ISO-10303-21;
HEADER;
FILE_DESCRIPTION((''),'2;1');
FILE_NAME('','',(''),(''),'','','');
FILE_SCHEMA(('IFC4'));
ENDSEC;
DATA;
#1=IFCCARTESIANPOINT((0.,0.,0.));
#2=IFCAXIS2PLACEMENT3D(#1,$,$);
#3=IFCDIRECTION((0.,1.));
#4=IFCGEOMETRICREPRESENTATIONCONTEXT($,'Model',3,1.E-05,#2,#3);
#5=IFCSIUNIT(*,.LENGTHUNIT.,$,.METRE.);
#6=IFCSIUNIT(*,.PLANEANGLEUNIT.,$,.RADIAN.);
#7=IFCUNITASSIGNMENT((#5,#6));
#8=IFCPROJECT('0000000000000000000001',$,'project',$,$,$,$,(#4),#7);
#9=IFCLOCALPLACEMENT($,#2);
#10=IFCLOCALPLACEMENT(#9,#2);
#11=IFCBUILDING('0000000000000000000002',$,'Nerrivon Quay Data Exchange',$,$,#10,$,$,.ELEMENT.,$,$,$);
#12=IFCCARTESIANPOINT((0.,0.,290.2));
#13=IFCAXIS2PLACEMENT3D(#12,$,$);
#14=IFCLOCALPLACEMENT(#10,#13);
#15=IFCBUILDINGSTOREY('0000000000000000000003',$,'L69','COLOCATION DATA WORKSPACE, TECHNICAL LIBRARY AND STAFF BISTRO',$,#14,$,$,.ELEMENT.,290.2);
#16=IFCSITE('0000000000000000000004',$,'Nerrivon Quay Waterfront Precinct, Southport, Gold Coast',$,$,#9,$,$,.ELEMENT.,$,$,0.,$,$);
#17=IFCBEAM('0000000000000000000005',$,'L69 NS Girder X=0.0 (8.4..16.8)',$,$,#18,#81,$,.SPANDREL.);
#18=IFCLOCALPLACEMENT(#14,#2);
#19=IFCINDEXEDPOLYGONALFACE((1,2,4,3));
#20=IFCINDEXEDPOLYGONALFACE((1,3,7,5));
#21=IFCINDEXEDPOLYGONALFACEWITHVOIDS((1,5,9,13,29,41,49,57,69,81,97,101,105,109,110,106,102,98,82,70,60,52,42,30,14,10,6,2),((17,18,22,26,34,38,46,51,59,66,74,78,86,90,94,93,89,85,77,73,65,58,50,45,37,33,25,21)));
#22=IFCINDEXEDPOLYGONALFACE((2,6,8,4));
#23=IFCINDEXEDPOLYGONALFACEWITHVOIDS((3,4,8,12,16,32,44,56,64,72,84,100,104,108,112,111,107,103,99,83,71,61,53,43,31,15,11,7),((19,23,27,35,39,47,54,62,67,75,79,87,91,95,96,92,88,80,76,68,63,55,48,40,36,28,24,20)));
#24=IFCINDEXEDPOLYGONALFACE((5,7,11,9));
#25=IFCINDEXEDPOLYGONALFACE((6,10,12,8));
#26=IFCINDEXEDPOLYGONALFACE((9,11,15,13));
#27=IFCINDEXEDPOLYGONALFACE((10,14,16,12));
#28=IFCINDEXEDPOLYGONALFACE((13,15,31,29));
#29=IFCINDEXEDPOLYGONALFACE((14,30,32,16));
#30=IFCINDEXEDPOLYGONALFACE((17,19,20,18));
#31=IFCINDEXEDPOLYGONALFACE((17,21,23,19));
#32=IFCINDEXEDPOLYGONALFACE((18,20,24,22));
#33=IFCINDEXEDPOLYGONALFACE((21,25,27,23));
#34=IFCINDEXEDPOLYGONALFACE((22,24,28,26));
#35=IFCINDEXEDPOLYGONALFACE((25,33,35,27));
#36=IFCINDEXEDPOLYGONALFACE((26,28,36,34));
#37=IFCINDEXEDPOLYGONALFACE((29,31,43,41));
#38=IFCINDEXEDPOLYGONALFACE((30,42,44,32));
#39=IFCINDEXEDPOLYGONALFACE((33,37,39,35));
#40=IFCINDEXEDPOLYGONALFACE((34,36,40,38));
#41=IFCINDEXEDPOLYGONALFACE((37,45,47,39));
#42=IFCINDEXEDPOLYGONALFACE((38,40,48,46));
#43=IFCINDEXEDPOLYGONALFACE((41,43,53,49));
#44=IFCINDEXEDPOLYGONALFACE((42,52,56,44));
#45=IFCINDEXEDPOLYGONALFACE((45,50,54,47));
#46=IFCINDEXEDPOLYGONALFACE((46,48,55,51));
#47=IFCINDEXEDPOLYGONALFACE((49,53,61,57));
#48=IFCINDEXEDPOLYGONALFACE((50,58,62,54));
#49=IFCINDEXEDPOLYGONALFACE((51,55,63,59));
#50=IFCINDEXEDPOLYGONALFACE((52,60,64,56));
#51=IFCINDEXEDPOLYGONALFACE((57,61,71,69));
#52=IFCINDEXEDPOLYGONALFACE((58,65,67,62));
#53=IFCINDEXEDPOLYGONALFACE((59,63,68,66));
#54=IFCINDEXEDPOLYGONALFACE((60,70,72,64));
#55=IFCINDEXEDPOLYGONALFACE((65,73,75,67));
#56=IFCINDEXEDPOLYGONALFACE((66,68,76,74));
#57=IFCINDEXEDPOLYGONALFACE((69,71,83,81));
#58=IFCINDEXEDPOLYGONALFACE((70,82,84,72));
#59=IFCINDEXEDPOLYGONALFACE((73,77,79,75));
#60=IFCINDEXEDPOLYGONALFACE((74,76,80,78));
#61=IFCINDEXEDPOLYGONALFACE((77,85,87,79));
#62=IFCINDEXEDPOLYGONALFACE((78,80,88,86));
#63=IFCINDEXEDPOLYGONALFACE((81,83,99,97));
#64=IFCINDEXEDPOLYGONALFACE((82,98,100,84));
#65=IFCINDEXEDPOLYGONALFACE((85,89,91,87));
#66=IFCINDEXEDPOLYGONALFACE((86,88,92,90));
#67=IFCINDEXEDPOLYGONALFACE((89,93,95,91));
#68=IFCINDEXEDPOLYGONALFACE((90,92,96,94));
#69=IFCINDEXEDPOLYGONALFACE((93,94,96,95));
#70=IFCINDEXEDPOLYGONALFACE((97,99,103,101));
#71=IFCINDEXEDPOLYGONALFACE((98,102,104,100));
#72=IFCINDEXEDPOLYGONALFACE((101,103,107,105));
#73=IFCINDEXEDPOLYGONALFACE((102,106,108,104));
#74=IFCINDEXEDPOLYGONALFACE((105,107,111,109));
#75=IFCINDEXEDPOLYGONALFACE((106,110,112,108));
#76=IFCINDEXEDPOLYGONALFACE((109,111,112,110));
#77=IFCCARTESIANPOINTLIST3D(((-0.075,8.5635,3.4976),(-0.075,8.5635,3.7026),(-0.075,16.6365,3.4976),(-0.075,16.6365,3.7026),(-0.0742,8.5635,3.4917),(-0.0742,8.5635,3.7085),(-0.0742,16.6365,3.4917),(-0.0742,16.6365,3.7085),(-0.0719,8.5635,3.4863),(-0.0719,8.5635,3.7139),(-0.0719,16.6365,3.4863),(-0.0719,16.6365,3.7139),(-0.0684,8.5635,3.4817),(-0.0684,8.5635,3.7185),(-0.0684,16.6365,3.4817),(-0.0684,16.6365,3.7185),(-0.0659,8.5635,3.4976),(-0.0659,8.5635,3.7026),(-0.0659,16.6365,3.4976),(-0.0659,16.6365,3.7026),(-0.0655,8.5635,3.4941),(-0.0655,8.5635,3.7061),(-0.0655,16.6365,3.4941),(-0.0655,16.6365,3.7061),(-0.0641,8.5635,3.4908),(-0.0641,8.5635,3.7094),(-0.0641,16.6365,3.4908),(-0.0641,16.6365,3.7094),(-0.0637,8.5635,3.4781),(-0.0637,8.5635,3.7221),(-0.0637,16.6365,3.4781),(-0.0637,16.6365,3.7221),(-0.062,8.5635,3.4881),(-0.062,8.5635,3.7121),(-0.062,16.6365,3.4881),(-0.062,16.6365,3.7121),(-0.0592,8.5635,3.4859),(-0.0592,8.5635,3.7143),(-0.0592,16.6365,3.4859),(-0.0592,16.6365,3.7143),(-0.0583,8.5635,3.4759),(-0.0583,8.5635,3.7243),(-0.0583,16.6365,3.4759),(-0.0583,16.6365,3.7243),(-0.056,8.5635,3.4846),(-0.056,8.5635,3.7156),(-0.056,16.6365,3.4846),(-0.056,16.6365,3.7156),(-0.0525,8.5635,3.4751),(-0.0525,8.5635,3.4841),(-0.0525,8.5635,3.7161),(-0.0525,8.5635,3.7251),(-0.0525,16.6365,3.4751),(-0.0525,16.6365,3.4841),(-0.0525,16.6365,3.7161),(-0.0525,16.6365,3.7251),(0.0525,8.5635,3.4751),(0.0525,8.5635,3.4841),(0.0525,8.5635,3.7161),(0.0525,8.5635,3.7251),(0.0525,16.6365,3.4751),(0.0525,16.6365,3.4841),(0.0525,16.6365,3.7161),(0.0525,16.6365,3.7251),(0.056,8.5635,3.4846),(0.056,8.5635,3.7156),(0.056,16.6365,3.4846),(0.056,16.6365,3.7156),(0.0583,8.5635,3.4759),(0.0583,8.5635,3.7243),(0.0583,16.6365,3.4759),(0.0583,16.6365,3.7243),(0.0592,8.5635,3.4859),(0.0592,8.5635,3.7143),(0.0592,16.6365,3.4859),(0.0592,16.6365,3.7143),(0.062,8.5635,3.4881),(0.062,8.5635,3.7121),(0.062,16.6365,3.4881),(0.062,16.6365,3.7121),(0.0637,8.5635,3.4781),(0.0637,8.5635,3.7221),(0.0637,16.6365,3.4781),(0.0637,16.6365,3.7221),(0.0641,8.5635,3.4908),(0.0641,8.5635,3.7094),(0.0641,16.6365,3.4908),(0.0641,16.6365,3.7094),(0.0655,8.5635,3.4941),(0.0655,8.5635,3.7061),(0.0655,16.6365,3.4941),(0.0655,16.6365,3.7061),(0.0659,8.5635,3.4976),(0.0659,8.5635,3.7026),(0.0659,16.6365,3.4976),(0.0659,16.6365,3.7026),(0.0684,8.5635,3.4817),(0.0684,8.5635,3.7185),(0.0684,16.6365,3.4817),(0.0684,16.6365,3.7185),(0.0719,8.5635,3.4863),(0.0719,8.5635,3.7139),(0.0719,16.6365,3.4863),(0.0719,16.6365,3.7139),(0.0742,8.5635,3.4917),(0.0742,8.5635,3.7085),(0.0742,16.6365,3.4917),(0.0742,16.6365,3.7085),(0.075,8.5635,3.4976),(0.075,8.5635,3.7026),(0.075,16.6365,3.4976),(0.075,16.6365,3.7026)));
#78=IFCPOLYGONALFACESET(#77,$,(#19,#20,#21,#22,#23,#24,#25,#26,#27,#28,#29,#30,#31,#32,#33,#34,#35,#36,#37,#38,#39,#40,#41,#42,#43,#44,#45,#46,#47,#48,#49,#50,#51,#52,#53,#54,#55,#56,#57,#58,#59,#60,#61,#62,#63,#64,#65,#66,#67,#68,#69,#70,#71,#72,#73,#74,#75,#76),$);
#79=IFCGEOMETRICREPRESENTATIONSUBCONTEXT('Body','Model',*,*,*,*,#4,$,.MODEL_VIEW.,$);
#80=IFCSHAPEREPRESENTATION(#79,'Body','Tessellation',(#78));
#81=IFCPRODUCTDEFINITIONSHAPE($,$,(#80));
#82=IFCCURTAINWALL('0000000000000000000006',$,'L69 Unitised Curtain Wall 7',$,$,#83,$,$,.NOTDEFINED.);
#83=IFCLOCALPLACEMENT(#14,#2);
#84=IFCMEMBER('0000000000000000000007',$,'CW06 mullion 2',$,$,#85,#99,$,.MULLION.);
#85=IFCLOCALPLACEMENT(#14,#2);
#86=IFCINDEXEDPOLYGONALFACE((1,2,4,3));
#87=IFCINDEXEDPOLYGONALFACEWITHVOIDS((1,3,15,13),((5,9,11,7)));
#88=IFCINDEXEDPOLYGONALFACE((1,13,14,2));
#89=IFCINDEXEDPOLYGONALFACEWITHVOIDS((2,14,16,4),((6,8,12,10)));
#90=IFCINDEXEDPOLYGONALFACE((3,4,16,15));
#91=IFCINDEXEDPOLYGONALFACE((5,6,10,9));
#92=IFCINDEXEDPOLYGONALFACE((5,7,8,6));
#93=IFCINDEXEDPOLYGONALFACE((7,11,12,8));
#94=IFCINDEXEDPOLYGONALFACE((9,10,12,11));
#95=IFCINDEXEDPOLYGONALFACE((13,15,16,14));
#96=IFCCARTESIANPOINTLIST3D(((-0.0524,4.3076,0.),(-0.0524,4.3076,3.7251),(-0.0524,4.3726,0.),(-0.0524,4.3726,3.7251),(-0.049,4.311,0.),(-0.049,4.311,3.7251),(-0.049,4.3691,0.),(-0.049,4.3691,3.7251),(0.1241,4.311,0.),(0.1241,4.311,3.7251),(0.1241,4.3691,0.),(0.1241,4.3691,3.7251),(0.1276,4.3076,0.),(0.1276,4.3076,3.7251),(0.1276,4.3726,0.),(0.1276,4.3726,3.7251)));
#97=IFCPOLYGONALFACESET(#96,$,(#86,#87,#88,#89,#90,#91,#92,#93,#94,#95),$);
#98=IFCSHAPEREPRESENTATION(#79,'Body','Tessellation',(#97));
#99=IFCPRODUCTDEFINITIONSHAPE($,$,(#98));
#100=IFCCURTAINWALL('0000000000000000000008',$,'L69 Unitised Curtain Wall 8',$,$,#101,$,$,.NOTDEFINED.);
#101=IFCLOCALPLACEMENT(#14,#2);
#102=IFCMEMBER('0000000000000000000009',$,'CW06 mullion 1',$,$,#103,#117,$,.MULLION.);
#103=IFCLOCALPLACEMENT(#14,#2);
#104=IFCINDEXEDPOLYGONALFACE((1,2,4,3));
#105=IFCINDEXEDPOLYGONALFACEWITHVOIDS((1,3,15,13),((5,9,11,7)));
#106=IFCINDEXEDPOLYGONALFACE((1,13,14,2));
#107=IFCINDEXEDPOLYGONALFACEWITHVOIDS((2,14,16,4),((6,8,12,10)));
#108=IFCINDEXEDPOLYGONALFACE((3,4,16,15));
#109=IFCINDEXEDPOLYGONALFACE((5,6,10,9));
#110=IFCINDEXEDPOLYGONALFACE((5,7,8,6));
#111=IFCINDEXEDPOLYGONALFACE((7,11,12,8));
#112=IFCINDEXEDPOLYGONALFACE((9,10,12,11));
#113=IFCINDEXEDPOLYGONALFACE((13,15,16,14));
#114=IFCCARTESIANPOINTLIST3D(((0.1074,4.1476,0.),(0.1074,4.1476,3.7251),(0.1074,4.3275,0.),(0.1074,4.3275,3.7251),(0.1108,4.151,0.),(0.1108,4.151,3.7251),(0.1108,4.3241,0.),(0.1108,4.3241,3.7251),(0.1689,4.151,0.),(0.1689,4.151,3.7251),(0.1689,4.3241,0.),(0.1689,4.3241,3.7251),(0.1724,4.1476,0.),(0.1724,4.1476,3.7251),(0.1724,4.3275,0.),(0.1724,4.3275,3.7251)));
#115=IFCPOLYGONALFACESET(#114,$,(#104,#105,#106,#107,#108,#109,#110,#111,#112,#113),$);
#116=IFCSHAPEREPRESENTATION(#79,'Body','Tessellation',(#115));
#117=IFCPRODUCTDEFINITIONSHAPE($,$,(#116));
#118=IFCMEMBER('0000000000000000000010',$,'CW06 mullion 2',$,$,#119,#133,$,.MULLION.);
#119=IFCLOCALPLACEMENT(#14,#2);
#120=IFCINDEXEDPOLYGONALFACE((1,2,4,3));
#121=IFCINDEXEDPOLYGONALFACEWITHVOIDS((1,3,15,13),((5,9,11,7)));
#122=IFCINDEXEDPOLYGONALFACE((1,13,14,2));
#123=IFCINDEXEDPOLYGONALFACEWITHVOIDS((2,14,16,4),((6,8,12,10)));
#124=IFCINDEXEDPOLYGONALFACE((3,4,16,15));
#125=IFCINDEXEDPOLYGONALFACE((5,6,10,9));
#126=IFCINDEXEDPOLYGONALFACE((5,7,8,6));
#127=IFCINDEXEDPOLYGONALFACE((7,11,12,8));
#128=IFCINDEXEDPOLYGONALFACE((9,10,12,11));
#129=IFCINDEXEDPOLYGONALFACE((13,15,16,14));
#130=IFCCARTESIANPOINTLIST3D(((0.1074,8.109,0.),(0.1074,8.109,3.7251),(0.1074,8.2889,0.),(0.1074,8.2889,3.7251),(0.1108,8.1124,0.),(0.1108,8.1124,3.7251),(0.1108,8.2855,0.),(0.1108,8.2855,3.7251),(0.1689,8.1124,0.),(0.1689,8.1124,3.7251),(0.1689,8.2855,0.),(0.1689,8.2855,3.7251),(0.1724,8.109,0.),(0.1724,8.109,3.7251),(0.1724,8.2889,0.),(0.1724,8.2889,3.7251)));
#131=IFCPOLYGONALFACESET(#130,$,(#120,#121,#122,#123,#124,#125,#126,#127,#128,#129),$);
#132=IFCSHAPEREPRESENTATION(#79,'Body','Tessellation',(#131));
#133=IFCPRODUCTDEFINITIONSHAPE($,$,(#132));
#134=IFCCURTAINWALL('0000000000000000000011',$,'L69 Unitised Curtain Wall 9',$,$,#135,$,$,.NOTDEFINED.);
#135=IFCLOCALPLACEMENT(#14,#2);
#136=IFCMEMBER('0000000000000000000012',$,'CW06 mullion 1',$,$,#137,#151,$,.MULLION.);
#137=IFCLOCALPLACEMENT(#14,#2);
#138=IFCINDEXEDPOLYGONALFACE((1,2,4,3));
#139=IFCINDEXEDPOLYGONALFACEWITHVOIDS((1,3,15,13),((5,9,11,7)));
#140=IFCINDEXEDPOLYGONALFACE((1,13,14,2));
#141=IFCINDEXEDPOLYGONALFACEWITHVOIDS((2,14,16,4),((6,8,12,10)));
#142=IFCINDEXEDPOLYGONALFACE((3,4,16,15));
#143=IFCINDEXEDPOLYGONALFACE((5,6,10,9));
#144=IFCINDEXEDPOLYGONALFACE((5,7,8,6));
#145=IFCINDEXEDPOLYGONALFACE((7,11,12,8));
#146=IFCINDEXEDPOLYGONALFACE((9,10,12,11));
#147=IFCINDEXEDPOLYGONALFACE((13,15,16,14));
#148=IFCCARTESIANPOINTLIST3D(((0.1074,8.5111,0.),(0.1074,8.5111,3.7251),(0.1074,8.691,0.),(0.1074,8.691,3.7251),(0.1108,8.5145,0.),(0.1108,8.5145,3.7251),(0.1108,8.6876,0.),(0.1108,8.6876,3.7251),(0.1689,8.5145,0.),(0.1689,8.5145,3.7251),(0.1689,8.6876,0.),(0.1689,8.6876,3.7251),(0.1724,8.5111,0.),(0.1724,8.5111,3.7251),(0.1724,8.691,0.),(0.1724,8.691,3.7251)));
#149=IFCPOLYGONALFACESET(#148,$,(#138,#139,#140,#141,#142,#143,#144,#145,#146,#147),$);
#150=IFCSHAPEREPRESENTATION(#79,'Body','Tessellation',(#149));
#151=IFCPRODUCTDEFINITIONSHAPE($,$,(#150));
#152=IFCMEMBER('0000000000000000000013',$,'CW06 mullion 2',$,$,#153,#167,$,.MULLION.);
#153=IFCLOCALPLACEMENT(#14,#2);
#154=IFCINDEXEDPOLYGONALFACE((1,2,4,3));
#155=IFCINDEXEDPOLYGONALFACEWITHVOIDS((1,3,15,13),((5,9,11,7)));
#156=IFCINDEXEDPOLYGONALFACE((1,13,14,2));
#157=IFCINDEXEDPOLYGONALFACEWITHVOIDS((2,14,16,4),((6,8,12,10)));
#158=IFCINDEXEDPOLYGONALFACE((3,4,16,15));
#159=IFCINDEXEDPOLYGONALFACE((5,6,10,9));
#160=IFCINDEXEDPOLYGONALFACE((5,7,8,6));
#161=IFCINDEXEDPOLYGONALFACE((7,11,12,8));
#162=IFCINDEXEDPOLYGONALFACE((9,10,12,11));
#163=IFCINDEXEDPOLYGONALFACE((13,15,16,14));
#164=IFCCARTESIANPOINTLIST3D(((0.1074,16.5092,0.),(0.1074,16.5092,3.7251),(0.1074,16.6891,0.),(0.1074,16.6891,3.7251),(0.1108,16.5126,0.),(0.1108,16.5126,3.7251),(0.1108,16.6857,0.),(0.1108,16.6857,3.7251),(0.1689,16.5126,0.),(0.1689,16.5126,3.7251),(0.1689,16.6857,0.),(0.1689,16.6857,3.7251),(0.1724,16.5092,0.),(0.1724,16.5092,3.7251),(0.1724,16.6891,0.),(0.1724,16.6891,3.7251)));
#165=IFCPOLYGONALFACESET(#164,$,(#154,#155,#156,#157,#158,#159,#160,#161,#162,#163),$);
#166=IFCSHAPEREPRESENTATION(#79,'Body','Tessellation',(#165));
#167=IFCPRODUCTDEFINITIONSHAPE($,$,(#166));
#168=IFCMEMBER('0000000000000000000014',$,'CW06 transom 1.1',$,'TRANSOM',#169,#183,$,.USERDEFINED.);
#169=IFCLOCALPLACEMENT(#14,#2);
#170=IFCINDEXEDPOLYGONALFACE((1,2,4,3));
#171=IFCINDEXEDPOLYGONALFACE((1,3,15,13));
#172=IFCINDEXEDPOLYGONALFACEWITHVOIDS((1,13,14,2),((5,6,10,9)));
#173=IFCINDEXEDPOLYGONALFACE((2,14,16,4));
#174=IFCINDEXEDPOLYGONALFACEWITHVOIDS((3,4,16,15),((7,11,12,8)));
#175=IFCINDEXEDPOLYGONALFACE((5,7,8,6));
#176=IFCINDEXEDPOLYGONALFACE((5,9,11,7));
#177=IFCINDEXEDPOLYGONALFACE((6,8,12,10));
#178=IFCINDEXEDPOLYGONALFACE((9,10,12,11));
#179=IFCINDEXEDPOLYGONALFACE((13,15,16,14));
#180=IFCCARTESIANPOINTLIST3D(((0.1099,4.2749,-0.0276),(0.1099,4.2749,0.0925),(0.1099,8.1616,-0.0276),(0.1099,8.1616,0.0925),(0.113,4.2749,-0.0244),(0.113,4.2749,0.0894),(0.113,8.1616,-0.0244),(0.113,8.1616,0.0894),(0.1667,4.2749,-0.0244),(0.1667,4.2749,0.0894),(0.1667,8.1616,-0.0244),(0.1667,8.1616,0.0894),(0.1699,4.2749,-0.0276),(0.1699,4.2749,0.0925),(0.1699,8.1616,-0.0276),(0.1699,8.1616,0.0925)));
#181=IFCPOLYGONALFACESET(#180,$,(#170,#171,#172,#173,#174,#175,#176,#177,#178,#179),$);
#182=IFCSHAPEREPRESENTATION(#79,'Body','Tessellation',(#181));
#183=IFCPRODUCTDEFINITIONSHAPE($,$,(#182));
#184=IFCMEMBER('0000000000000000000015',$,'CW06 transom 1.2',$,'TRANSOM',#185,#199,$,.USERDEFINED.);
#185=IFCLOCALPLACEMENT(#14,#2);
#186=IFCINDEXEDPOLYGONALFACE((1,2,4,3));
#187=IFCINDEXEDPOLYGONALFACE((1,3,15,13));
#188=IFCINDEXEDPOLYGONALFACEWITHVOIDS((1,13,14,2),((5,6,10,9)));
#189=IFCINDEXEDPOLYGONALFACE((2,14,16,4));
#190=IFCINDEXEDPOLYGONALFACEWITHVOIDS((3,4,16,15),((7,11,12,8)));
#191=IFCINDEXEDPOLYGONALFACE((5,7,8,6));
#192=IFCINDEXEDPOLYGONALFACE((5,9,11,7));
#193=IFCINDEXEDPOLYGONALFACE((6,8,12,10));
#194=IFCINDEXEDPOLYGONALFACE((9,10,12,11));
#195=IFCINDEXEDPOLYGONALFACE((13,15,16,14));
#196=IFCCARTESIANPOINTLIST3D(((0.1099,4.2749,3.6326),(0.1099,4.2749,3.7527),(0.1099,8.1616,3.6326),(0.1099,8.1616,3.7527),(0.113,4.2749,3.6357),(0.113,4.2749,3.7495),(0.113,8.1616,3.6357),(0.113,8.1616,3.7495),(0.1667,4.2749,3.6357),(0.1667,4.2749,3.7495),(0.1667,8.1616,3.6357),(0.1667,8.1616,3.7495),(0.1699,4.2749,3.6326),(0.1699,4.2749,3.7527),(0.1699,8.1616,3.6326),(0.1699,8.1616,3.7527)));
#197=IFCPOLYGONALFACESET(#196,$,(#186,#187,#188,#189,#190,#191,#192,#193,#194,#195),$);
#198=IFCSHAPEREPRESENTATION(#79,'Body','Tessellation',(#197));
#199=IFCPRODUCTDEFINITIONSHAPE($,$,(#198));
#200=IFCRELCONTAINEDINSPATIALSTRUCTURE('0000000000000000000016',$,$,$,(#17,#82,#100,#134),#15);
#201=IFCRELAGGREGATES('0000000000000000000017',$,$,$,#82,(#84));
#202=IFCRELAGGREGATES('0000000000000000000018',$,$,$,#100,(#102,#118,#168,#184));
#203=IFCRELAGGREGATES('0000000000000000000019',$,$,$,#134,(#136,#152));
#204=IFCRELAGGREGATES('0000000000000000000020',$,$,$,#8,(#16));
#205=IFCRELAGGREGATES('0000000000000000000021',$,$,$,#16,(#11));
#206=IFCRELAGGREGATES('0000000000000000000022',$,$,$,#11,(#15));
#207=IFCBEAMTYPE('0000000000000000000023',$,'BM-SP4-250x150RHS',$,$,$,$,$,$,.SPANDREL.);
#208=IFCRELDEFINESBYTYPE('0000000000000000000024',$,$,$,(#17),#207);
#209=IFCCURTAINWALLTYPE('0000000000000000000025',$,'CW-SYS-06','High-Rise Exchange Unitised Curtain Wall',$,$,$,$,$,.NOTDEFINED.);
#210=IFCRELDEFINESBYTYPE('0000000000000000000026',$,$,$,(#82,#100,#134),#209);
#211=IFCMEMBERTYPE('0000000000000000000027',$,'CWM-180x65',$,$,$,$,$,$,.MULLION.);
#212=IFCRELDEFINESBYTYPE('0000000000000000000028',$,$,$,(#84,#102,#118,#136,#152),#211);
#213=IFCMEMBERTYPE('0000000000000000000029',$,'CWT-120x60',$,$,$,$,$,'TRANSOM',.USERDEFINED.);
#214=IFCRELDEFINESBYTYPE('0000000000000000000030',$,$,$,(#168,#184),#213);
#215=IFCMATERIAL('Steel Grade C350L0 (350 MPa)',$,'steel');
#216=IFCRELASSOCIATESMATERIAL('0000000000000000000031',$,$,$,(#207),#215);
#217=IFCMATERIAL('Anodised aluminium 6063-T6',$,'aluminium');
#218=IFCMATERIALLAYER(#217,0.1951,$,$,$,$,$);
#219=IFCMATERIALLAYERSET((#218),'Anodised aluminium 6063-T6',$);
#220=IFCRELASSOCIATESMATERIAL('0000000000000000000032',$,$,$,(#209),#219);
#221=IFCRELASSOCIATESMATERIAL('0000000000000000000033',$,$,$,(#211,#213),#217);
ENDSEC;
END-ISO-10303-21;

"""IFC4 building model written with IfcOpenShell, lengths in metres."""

from ifc_helpers import new_model, si_unit, direction, frame, origin, origin_2d, place, context, subcontext, project, spatial, hollow_rectangle, extrude, material, layer, layer_set, material_profile, profile_set, type_object, element, aggregate, save


model = new_model("IFC4")

# Units and contexts
model_context = context("Model", 3, precision=1e-05, world=origin(), true_north=direction((0.0, 1.0)))
body_context = subcontext(model_context, "Body", "Model", "MODEL_VIEW")
ifc_project = project(units=[si_unit("LENGTHUNIT", "METRE"), si_unit("PLANEANGLEUNIT", "RADIAN")], contexts=[model_context])

# Site, building, storey
site_placement = place(None, origin())
site = spatial("IfcSite", under=ifc_project, at=site_placement, Name="Nerrivon Quay Waterfront Precinct, Southport, Gold Coast", CompositionType="ELEMENT", RefElevation=0.0)
building_placement = place(site_placement, origin())
building = spatial("IfcBuilding", under=site, at=building_placement, Name="Nerrivon Quay Data Exchange", CompositionType="ELEMENT")
storey_placement = place(building_placement, frame((0.0, 0.0, 290.2)))
storey = spatial("IfcBuildingStorey", under=building, at=storey_placement, Name="L69", Description="COLOCATION DATA WORKSPACE, TECHNICAL LIBRARY AND STAFF BISTRO", CompositionType="ELEMENT", Elevation=290.2)

# Beam
ifc_material_1 = material(Name="Steel Grade C350L0 (350 MPa)", Category="steel")
ifc_material_profile_1 = material_profile(ifc_material_1, hollow_rectangle(XDim=0.1499, YDim=0.25, WallThickness=0.009, InnerFilletRadius=0.0134, OuterFilletRadius=0.0225, at=origin_2d()), Name="250x150x9.0RHS")
ifc_profile_set_1 = profile_set([ifc_material_profile_1], Name="Steel Grade C350L0 (350 MPa)")
beam_type_1 = type_object("IfcBeamType", Name="BM-SP4-250x150RHS", PredefinedType="SPANDREL", material=ifc_profile_set_1)
beam_placement = place(storey_placement, frame((0.0, 8.5635, 3.6001), z_axis=(0.0, 1.0, 0.0), x_axis=(-1.0, 0.0, 0.0)))
element("IfcBeam", 1, at=beam_placement, inside=storey, type_object=beam_type_1, Name="L69 NS Girder X=0.0 (8.4..16.8)", PredefinedType="SPANDREL", context=body_context, shape_type="SweptSolid", body=[
    extrude(hollow_rectangle(XDim=0.1499, YDim=0.25, WallThickness=0.009, InnerFilletRadius=0.0134, OuterFilletRadius=0.0225, at=origin_2d()), origin(), (0.0, 0.0, 1.0), 8.073),
])

# Curtain wall, member
ifc_material_2 = material(Name="Anodised aluminium 6063-T6", Category="aluminium")
ifc_layer_1 = layer(ifc_material_2, 0.1951)
ifc_layer_set_1 = layer_set([ifc_layer_1], Name="Anodised aluminium 6063-T6")
curtain_wall_type = type_object("IfcCurtainWallType", Name="CW-SYS-06", Description="High-Rise Exchange Unitised Curtain Wall", PredefinedType="NOTDEFINED", material=ifc_layer_set_1)
curtain_wall_1_placement = place(storey_placement, origin())
curtain_wall_1 = element("IfcCurtainWall", 2, at=curtain_wall_1_placement, inside=storey, type_object=curtain_wall_type, Name="L69 Unitised Curtain Wall 7", PredefinedType="NOTDEFINED")
ifc_material_profile_2 = material_profile(ifc_material_2, hollow_rectangle(XDim=0.0649, YDim=0.1799, WallThickness=0.0034, at=origin_2d()), Name="ALU-MULL-180x65")
ifc_profile_set_2 = profile_set([ifc_material_profile_2], Name="Anodised aluminium 6063-T6")
member_type_1 = type_object("IfcMemberType", Name="CWM-180x65", PredefinedType="MULLION", material=ifc_profile_set_2)
member_1_placement = place(storey_placement, frame((0.0376, 4.3401, 0.0), z_axis=(0.0, 0.0, 1.0), x_axis=(0.0, -1.0, 0.0)))
member_1 = element("IfcMember", 3, at=member_1_placement, type_object=member_type_1, Name="CW06 mullion 2", PredefinedType="MULLION", context=body_context, shape_type="SweptSolid", body=[
    extrude(hollow_rectangle(XDim=0.0649, YDim=0.1799, WallThickness=0.0034, at=origin_2d()), origin(), (0.0, 0.0, 1.0), 3.7251),
])
aggregate(curtain_wall_1, [member_1])

# Curtain walls, members
curtain_wall_2_placement = place(storey_placement, origin())
curtain_wall_2 = element("IfcCurtainWall", 4, at=curtain_wall_2_placement, inside=storey, type_object=curtain_wall_type, Name="L69 Unitised Curtain Wall 8", PredefinedType="NOTDEFINED")
member_2_placement = place(storey_placement, frame((0.1399, 4.2375, 0.0), z_axis=(0.0, 0.0, 1.0), x_axis=(-1.0, 0.0, 0.0)))
member_2 = element("IfcMember", 5, at=member_2_placement, type_object=member_type_1, Name="CW06 mullion 1", PredefinedType="MULLION", context=body_context, shape_type="SweptSolid", body=[
    extrude(hollow_rectangle(XDim=0.0649, YDim=0.1799, WallThickness=0.0034, at=origin_2d()), origin(), (0.0, 0.0, 1.0), 3.7251),
])
member_3_placement = place(storey_placement, frame((0.1399, 8.199, 0.0), z_axis=(0.0, 0.0, 1.0), x_axis=(-1.0, 0.0, 0.0)))
member_3 = element("IfcMember", 6, at=member_3_placement, type_object=member_type_1, Name="CW06 mullion 2", PredefinedType="MULLION", context=body_context, shape_type="SweptSolid", body=[
    extrude(hollow_rectangle(XDim=0.0649, YDim=0.1799, WallThickness=0.0034, at=origin_2d()), origin(), (0.0, 0.0, 1.0), 3.7251),
])
curtain_wall_3_placement = place(storey_placement, origin())
curtain_wall_3 = element("IfcCurtainWall", 7, at=curtain_wall_3_placement, inside=storey, type_object=curtain_wall_type, Name="L69 Unitised Curtain Wall 9", PredefinedType="NOTDEFINED")
member_4_placement = place(storey_placement, frame((0.1399, 8.6011, 0.0), z_axis=(0.0, 0.0, 1.0), x_axis=(-1.0, 0.0, 0.0)))
member_4 = element("IfcMember", 8, at=member_4_placement, type_object=member_type_1, Name="CW06 mullion 1", PredefinedType="MULLION", context=body_context, shape_type="SweptSolid", body=[
    extrude(hollow_rectangle(XDim=0.0649, YDim=0.1799, WallThickness=0.0034, at=origin_2d()), origin(), (0.0, 0.0, 1.0), 3.7251),
])
member_5_placement = place(storey_placement, frame((0.1399, 16.5991, 0.0), z_axis=(0.0, 0.0, 1.0), x_axis=(-1.0, 0.0, 0.0)))
member_5 = element("IfcMember", 9, at=member_5_placement, type_object=member_type_1, Name="CW06 mullion 2", PredefinedType="MULLION", context=body_context, shape_type="SweptSolid", body=[
    extrude(hollow_rectangle(XDim=0.0649, YDim=0.1799, WallThickness=0.0034, at=origin_2d()), origin(), (0.0, 0.0, 1.0), 3.7251),
])

# Members
ifc_material_profile_3 = material_profile(ifc_material_2, hollow_rectangle(XDim=0.0601, YDim=0.1201, WallThickness=0.0032, at=origin_2d()), Name="ALU-TRAN-120x60")
ifc_profile_set_3 = profile_set([ifc_material_profile_3], Name="Anodised aluminium 6063-T6")
member_type_2 = type_object("IfcMemberType", Name="CWT-120x60", ElementType="TRANSOM", PredefinedType="USERDEFINED", material=ifc_profile_set_3)
member_6_placement = place(storey_placement, frame((0.1399, 4.2749, 0.0325), z_axis=(0.0, 1.0, 0.0), x_axis=(-1.0, 0.0, 0.0)))
member_6 = element("IfcMember", 10, at=member_6_placement, type_object=member_type_2, Name="CW06 transom 1.1", ObjectType="TRANSOM", PredefinedType="USERDEFINED", context=body_context, shape_type="SweptSolid", body=[
    extrude(hollow_rectangle(XDim=0.0601, YDim=0.1201, WallThickness=0.0032, at=origin_2d()), origin(), (0.0, 0.0, 1.0), 3.8867),
])
member_7_placement = place(storey_placement, frame((0.1399, 4.2749, 3.6926), z_axis=(0.0, 1.0, 0.0), x_axis=(-1.0, 0.0, 0.0)))
member_7 = element("IfcMember", 11, at=member_7_placement, type_object=member_type_2, Name="CW06 transom 1.2", ObjectType="TRANSOM", PredefinedType="USERDEFINED", context=body_context, shape_type="SweptSolid", body=[
    extrude(hollow_rectangle(XDim=0.0601, YDim=0.1201, WallThickness=0.0032, at=origin_2d()), origin(), (0.0, 0.0, 1.0), 3.8867),
])

aggregate(curtain_wall_2, [member_2, member_3, member_6, member_7])
aggregate(curtain_wall_3, [member_4, member_5])

save(model, "model.ifc")
